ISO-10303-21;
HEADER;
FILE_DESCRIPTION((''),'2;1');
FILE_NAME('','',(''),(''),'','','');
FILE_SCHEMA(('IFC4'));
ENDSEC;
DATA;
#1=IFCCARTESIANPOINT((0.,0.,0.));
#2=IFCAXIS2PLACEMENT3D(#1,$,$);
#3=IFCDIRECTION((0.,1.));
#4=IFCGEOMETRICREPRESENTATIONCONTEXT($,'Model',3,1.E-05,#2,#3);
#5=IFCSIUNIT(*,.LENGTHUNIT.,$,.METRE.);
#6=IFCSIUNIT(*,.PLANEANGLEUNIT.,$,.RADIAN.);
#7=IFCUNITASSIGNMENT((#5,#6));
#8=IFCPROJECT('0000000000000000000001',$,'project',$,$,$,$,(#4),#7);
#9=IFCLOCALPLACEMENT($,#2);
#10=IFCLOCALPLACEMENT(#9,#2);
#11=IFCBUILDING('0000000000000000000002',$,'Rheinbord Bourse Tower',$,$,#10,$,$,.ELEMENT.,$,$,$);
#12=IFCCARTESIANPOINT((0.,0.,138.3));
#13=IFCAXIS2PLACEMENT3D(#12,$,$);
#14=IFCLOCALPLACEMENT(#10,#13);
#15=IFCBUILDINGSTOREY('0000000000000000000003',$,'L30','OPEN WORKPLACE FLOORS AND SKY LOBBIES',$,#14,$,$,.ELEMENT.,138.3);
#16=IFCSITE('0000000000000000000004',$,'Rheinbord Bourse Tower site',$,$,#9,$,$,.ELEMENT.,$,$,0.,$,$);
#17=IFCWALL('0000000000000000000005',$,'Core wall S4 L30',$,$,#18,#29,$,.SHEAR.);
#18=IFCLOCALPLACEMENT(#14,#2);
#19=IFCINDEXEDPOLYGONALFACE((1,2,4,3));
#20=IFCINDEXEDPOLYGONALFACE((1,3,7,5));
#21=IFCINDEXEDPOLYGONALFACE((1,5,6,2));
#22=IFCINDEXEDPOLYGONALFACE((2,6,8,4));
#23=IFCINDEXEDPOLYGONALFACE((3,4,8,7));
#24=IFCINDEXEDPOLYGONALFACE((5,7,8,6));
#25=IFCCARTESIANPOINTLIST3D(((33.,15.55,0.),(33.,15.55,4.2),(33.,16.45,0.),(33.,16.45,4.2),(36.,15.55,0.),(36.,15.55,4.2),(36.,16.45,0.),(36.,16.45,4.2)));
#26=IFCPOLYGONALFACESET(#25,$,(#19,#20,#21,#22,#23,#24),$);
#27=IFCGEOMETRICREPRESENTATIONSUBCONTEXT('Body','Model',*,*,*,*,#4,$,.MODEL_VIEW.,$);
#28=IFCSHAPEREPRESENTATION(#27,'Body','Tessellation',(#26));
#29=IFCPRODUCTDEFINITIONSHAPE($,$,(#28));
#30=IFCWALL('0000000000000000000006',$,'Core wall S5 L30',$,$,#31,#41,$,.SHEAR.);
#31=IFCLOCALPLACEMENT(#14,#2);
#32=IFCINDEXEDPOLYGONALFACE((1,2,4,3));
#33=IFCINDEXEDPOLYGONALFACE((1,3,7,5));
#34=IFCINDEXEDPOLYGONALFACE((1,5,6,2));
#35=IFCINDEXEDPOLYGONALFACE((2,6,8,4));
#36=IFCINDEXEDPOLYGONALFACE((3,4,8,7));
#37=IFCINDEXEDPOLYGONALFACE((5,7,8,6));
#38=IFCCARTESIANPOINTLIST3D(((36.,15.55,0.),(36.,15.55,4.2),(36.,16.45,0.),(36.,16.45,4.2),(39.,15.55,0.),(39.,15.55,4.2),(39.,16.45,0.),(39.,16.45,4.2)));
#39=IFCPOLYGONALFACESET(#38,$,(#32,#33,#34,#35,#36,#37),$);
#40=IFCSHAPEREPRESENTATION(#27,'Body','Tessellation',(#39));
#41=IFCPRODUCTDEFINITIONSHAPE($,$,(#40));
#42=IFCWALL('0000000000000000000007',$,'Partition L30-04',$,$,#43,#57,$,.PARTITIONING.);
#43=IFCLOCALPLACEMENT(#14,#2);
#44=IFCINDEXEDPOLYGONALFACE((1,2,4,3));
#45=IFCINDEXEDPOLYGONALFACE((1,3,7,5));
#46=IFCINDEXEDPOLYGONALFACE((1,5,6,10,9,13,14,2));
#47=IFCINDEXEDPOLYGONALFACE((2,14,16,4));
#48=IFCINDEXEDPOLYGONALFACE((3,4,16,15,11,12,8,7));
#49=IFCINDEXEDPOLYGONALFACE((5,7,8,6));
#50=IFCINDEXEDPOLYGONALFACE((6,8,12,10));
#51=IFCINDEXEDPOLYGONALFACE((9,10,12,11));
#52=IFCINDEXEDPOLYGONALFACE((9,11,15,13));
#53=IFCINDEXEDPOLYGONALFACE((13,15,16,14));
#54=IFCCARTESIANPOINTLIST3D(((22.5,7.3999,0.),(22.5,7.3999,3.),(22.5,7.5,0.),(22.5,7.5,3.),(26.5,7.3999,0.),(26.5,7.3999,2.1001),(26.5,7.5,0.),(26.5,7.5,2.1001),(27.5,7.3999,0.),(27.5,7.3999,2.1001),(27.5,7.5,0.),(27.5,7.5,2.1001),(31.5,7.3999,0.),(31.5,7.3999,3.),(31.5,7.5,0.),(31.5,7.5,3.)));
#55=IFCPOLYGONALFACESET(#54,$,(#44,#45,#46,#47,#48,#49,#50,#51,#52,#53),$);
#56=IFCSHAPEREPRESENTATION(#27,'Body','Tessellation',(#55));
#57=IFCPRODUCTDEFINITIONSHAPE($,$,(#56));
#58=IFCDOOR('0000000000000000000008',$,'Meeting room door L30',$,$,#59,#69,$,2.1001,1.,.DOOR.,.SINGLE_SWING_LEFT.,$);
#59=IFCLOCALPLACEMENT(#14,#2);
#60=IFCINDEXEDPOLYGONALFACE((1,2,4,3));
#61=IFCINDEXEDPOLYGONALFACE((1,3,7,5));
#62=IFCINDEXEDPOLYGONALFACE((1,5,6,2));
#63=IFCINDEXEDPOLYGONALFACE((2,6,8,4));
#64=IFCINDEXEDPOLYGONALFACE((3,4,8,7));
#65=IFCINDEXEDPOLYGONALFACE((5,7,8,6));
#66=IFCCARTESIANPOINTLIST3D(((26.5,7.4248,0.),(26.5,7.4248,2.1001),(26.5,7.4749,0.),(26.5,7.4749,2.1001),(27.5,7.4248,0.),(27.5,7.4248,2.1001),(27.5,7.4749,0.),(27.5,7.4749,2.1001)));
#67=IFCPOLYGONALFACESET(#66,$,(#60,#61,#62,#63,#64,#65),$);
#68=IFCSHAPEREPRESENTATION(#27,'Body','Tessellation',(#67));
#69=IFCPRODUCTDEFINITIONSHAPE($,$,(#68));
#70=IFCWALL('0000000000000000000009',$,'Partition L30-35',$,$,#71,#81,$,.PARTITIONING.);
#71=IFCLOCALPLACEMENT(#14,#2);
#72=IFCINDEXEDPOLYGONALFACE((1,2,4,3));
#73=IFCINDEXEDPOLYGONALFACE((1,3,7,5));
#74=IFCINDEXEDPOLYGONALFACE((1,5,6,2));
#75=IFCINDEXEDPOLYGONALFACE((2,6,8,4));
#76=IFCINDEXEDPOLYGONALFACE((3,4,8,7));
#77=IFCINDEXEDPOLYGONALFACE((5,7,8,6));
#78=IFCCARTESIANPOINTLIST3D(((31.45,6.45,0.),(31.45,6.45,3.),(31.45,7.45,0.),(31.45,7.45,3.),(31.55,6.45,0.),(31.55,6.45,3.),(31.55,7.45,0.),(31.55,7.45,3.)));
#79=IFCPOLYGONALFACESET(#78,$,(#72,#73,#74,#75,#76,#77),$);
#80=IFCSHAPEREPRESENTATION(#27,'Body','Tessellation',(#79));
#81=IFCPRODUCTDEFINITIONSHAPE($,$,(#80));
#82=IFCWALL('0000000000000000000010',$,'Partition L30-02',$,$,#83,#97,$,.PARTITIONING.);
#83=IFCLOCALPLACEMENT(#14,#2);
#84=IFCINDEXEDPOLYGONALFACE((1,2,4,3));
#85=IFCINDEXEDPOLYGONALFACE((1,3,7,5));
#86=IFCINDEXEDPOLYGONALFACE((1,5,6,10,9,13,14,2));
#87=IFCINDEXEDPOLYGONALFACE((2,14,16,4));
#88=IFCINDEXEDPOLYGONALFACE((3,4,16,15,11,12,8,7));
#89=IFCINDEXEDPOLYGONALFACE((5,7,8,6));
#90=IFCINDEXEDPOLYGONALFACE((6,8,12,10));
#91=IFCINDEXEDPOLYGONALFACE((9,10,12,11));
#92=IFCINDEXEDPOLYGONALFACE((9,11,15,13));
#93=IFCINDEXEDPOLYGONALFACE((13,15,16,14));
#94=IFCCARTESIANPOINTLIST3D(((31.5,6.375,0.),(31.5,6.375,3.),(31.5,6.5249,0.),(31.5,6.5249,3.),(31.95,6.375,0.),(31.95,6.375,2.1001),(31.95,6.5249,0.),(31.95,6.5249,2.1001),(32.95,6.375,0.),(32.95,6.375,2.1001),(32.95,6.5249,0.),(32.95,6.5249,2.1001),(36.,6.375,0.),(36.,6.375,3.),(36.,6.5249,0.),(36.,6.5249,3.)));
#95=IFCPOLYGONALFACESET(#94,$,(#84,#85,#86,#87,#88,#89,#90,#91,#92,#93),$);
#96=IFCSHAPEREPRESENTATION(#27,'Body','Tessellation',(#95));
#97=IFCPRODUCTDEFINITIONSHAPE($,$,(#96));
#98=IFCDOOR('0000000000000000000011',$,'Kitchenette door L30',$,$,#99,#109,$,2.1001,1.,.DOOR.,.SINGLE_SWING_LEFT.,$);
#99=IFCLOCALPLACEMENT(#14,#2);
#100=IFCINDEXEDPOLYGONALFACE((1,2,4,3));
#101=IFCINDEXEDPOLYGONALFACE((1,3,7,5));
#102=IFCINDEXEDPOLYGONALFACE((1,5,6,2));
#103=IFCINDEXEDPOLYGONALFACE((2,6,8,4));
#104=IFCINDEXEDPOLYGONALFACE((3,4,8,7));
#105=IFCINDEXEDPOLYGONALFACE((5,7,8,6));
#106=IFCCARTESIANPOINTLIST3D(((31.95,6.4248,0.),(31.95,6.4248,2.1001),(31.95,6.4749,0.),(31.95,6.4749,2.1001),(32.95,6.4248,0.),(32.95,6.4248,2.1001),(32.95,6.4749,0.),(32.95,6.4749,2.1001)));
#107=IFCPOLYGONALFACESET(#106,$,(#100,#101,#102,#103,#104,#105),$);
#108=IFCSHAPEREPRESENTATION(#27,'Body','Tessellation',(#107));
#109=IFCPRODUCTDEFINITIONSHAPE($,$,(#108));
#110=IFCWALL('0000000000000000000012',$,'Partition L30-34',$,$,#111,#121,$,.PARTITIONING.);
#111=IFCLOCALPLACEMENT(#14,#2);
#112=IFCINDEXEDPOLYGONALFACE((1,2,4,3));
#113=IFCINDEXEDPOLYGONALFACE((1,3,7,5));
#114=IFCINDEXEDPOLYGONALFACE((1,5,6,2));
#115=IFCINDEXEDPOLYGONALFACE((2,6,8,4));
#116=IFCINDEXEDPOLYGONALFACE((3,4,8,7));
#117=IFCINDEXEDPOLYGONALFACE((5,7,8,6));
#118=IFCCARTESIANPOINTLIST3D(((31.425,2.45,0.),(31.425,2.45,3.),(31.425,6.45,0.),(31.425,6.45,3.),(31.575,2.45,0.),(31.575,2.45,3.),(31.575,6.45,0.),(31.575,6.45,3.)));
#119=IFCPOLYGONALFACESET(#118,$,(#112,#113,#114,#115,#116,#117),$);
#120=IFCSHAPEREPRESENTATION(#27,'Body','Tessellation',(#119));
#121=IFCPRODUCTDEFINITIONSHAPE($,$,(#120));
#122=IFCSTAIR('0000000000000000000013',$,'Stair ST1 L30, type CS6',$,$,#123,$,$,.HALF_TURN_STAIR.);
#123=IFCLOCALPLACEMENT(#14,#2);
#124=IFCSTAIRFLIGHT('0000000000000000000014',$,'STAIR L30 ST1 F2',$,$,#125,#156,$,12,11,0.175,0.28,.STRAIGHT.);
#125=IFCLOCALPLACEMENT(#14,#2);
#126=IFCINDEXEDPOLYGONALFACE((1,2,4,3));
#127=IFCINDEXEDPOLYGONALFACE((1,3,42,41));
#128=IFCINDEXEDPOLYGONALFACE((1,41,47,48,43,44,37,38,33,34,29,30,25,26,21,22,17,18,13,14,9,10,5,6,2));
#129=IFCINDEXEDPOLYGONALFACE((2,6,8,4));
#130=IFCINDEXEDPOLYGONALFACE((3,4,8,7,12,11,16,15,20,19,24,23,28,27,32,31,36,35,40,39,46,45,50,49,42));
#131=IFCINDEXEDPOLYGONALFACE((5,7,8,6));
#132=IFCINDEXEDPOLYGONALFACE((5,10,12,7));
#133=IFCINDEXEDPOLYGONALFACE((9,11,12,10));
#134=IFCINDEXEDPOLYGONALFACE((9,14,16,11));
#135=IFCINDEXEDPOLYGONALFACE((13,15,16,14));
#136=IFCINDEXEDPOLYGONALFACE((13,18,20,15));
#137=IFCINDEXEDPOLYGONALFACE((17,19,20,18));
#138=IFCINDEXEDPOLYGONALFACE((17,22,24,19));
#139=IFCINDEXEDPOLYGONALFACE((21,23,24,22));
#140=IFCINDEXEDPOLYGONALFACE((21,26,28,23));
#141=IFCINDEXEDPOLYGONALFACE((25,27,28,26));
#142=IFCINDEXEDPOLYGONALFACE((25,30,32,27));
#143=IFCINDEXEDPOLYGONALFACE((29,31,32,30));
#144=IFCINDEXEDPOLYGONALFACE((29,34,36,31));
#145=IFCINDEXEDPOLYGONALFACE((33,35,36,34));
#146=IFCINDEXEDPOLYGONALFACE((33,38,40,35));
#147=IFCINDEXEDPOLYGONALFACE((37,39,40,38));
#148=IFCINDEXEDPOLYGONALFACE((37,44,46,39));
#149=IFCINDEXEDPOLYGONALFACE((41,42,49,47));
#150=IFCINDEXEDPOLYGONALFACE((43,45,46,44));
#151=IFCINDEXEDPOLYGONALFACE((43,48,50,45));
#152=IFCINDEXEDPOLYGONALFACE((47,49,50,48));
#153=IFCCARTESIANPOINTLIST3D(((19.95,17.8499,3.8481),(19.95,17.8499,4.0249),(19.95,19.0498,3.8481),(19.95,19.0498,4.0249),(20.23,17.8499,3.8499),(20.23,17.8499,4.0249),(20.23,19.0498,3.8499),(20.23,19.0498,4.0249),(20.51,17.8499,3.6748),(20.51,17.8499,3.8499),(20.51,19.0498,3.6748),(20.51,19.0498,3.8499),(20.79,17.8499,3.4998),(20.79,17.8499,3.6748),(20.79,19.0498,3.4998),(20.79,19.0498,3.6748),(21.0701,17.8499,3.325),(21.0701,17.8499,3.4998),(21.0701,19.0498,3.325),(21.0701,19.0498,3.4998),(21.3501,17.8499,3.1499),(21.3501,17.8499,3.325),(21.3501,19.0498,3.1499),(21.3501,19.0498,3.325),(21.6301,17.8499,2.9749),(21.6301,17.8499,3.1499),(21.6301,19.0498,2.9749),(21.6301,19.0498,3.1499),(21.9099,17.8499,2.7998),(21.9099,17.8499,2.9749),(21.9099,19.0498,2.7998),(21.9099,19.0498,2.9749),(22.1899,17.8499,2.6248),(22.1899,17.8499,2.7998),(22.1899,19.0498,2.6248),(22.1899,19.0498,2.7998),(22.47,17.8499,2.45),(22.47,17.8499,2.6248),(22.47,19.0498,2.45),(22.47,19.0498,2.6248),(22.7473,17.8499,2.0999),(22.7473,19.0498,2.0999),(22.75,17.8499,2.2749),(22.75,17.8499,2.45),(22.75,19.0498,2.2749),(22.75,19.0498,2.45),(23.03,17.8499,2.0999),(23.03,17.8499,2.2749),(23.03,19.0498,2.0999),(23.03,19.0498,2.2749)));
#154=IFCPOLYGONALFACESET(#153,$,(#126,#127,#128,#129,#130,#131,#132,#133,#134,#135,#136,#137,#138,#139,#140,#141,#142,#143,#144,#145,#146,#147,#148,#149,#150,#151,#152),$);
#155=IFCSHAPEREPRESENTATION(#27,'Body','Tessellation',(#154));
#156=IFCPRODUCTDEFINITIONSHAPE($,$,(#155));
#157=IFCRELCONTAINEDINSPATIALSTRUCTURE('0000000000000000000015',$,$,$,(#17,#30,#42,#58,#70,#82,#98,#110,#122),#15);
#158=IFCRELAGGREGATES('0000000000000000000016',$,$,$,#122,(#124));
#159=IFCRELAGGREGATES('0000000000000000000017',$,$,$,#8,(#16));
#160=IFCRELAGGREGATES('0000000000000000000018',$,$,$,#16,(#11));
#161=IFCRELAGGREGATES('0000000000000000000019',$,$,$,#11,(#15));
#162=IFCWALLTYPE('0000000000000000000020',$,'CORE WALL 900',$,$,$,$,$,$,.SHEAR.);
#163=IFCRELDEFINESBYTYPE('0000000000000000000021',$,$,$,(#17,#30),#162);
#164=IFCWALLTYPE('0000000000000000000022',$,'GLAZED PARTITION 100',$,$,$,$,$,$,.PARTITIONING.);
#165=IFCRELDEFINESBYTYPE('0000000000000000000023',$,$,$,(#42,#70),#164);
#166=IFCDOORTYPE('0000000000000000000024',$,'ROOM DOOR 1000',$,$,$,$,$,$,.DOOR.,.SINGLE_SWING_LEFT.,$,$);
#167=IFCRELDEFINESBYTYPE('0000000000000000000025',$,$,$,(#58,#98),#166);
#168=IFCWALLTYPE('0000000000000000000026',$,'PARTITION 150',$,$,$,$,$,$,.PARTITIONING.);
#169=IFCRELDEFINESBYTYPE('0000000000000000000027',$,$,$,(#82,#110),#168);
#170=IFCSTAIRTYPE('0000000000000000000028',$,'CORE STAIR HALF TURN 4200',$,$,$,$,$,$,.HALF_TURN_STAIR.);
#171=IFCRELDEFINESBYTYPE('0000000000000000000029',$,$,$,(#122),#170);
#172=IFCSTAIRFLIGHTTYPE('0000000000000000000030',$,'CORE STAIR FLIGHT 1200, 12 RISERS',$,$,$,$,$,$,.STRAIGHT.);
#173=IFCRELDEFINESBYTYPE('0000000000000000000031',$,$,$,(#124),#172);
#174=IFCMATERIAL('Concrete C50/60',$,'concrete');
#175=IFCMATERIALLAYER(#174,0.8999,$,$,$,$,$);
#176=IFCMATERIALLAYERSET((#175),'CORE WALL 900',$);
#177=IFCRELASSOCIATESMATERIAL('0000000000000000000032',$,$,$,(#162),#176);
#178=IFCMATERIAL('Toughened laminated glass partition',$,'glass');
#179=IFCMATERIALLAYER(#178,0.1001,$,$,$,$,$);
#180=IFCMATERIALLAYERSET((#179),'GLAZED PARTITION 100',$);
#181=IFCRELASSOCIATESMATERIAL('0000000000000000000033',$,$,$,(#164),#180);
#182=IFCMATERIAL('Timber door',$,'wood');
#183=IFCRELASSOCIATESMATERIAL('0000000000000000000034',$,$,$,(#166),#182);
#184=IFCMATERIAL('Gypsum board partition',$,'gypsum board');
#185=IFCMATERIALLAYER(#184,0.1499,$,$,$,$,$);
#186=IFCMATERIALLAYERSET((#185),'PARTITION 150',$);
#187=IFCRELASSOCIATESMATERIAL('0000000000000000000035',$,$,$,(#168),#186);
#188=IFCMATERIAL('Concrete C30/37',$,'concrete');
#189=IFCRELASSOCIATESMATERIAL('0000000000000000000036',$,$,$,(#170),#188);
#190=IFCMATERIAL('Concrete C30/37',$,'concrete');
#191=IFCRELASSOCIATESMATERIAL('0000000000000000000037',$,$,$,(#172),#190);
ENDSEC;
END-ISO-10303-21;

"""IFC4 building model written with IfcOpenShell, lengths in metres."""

from ifc_helpers import new_model, si_unit, direction, frame, frame_2d, origin, place, context, subcontext, project, spatial, polyline, rectangle, outline, extrude, material, layer, layer_set, type_object, element, fill, aggregate, save


model = new_model("IFC4")

# Units and contexts
model_context = context("Model", 3, precision=1e-05, world=origin(), true_north=direction((0.0, 1.0)))
body_context = subcontext(model_context, "Body", "Model", "MODEL_VIEW")
ifc_project = project(units=[si_unit("LENGTHUNIT", "METRE"), si_unit("PLANEANGLEUNIT", "RADIAN")], contexts=[model_context])

# Site, building, storey
site_placement = place(None, origin())
site = spatial("IfcSite", under=ifc_project, at=site_placement, Name="Rheinbord Bourse Tower site", CompositionType="ELEMENT", RefElevation=0.0)
building_placement = place(site_placement, origin())
building = spatial("IfcBuilding", under=site, at=building_placement, Name="Rheinbord Bourse Tower", CompositionType="ELEMENT")
storey_placement = place(building_placement, frame((0.0, 0.0, 138.3)))
storey = spatial("IfcBuildingStorey", under=building, at=storey_placement, Name="L30", Description="OPEN WORKPLACE FLOORS AND SKY LOBBIES", CompositionType="ELEMENT", Elevation=138.3)

# Walls
ifc_material_1 = material(Name="Concrete C50/60", Category="concrete")
ifc_layer_1 = layer(ifc_material_1, 0.8999)
ifc_layer_set_1 = layer_set([ifc_layer_1], Name="CORE WALL 900")
wall_type_1 = type_object("IfcWallType", Name="CORE WALL 900", PredefinedType="SHEAR", material=ifc_layer_set_1)
for number, where, z_axis, x_axis, name in (
    (1, (33.0, 16.0, 0.0), (0.0, 0.0, 1.0), (1.0, 0.0, 0.0), "Core wall S4 L30"),
    (2, (36.0, 16.0, 0.0), (0.0, 0.0, 1.0), (1.0, 0.0, 0.0), "Core wall S5 L30"),
):
    element("IfcWall", number, at=place(storey_placement, frame(where, z_axis=z_axis, x_axis=x_axis)), inside=storey, type_object=wall_type_1, Name=name, PredefinedType="SHEAR", context=body_context, shape_type="SweptSolid", body=[
        extrude(rectangle(XDim=3.0, YDim=0.8999, at=frame_2d((1.5, 0.0))), origin(), (0.0, 0.0, 1.0), 4.2),
    ])

# Wall, opening, door
ifc_material_2 = material(Name="Toughened laminated glass partition", Category="glass")
ifc_layer_2 = layer(ifc_material_2, 0.1001)
ifc_layer_set_2 = layer_set([ifc_layer_2], Name="GLAZED PARTITION 100")
wall_type_2 = type_object("IfcWallType", Name="GLAZED PARTITION 100", PredefinedType="PARTITIONING", material=ifc_layer_set_2)
wall_1_placement = place(storey_placement, frame((22.5, 7.45, 0.0), z_axis=(0.0, 0.0, 1.0), x_axis=(1.0, 0.0, 0.0)))
wall_1 = element("IfcWall", 3, at=wall_1_placement, inside=storey, type_object=wall_type_2, Name="Partition L30-04", PredefinedType="PARTITIONING", context=body_context, shape_type="SweptSolid", body=[
    extrude(rectangle(XDim=9.0, YDim=0.1001, at=frame_2d((4.5, 0.0))), origin(), (0.0, 0.0, 1.0), 3.0),
])
opening_1_placement = place(wall_1_placement, frame((4.0, 0.0, 0.0)))
opening_1 = element("IfcOpeningElement", 4, at=opening_1_placement, cuts=wall_1, PredefinedType="OPENING", context=body_context, shape_type="SweptSolid", body=[
    extrude(rectangle(XDim=1.0, YDim=2.1001, at=frame_2d((0.5, 1.05))), frame((0.0, 0.0601, 0.0), z_axis=(0.0, -1.0, 0.0), x_axis=(1.0, 0.0, 0.0)), (0.0, 0.0, 1.0), 0.1201),
])
ifc_material_3 = material(Name="Timber door", Category="wood")
door_type_1 = type_object("IfcDoorType", Name="ROOM DOOR 1000", OperationType="SINGLE_SWING_LEFT", PredefinedType="DOOR", material=ifc_material_3)
door_1_placement = place(opening_1_placement, origin())
door_1 = element("IfcDoor", 5, at=door_1_placement, inside=storey, type_object=door_type_1, Name="Meeting room door L30", OperationType="SINGLE_SWING_LEFT", OverallHeight=2.1001, OverallWidth=1.0, PredefinedType="DOOR", context=body_context, shape_type="SweptSolid", body=[
    extrude(rectangle(XDim=1.0, YDim=2.1001, at=frame_2d((0.5, 1.05))), frame((0.0, 0.0249, 0.0), z_axis=(0.0, -1.0, 0.0), x_axis=(1.0, 0.0, 0.0)), (0.0, 0.0, 1.0), 0.05),
])
fill(opening_1, door_1)

# Wall
wall_2_placement = place(storey_placement, frame((31.5, 6.45, 0.0), z_axis=(0.0, 0.0, 1.0), x_axis=(0.0, 1.0, 0.0)))
element("IfcWall", 6, at=wall_2_placement, inside=storey, type_object=wall_type_2, Name="Partition L30-35", PredefinedType="PARTITIONING", context=body_context, shape_type="SweptSolid", body=[
    extrude(rectangle(XDim=1.0, YDim=0.1001, at=frame_2d((0.5, 0.0))), origin(), (0.0, 0.0, 1.0), 3.0),
])

# Wall, opening, door
ifc_material_4 = material(Name="Gypsum board partition", Category="gypsum board")
ifc_layer_3 = layer(ifc_material_4, 0.1499)
ifc_layer_set_3 = layer_set([ifc_layer_3], Name="PARTITION 150")
wall_type_3 = type_object("IfcWallType", Name="PARTITION 150", PredefinedType="PARTITIONING", material=ifc_layer_set_3)
wall_3_placement = place(storey_placement, frame((31.5, 6.45, 0.0), z_axis=(0.0, 0.0, 1.0), x_axis=(1.0, 0.0, 0.0)))
wall_3 = element("IfcWall", 7, at=wall_3_placement, inside=storey, type_object=wall_type_3, Name="Partition L30-02", PredefinedType="PARTITIONING", context=body_context, shape_type="SweptSolid", body=[
    extrude(rectangle(XDim=4.5, YDim=0.1499, at=frame_2d((2.25, 0.0))), origin(), (0.0, 0.0, 1.0), 3.0),
])
opening_2_placement = place(wall_3_placement, frame((0.45, 0.0, 0.0)))
opening_2 = element("IfcOpeningElement", 8, at=opening_2_placement, cuts=wall_3, PredefinedType="OPENING", context=body_context, shape_type="SweptSolid", body=[
    extrude(rectangle(XDim=1.0, YDim=2.1001, at=frame_2d((0.5, 1.05))), frame((0.0, 0.085, 0.0), z_axis=(0.0, -1.0, 0.0), x_axis=(1.0, 0.0, 0.0)), (0.0, 0.0, 1.0), 0.1699),
])
door_2_placement = place(opening_2_placement, origin())
door_2 = element("IfcDoor", 9, at=door_2_placement, inside=storey, type_object=door_type_1, Name="Kitchenette door L30", OperationType="SINGLE_SWING_LEFT", OverallHeight=2.1001, OverallWidth=1.0, PredefinedType="DOOR", context=body_context, shape_type="SweptSolid", body=[
    extrude(rectangle(XDim=1.0, YDim=2.1001, at=frame_2d((0.5, 1.05))), frame((0.0, 0.0249, 0.0), z_axis=(0.0, -1.0, 0.0), x_axis=(1.0, 0.0, 0.0)), (0.0, 0.0, 1.0), 0.05),
])
fill(opening_2, door_2)

# Wall
wall_4_placement = place(storey_placement, frame((31.5, 2.45, 0.0), z_axis=(0.0, 0.0, 1.0), x_axis=(0.0, 1.0, 0.0)))
element("IfcWall", 10, at=wall_4_placement, inside=storey, type_object=wall_type_3, Name="Partition L30-34", PredefinedType="PARTITIONING", context=body_context, shape_type="SweptSolid", body=[
    extrude(rectangle(XDim=4.0, YDim=0.1499, at=frame_2d((2.0, 0.0))), origin(), (0.0, 0.0, 1.0), 3.0),
])

# Stair, stair flight
ifc_material_5 = material(Name="Concrete C30/37", Category="concrete")
stair_type = type_object("IfcStairType", Name="CORE STAIR HALF TURN 4200", PredefinedType="HALF_TURN_STAIR", material=ifc_material_5)
stair_placement = place(storey_placement, origin())
stair = element("IfcStair", 11, at=stair_placement, inside=storey, type_object=stair_type, Name="Stair ST1 L30, type CS6", PredefinedType="HALF_TURN_STAIR")
ifc_material_6 = material(Name="Concrete C30/37", Category="concrete")
stair_flight_type = type_object("IfcStairFlightType", Name="CORE STAIR FLIGHT 1200, 12 RISERS", PredefinedType="STRAIGHT", material=ifc_material_6)
stair_flight_placement = place(storey_placement, frame((23.03, 18.45, 2.0999), z_axis=(0.0, 0.0, 1.0), x_axis=(-1.0, 0.0, 0.0)))
stair_flight = element("IfcStairFlight", 12, at=stair_flight_placement, type_object=stair_flight_type, Name="STAIR L30 ST1 F2", NumberOfRisers=12, NumberOfTreads=11, PredefinedType="STRAIGHT", RiserHeight=0.175, TreadLength=0.28, context=body_context, shape_type="SweptSolid", body=[
    extrude(outline(polyline([(0.0, 0.0), (0.0, 0.175), (0.28, 0.175), (0.28, 0.3501), (0.5601, 0.3501), (0.5601, 0.5249), (0.8401, 0.5249), (0.8401, 0.7), (1.1201, 0.7), (1.1201, 0.875), (1.3999, 0.875), (1.3999, 1.05), (1.6799, 1.05), (1.6799, 1.2251), (1.96, 1.2251), (1.96, 1.3999), (2.24, 1.3999), (2.24, 1.575), (2.52, 1.575), (2.52, 1.75), (2.8, 1.75), (2.8, 1.925), (3.0801, 1.925), (3.0801, 2.1001), (3.0801, 1.7483), (0.2827, 0.0), (0.0, 0.0)])), frame((0.0, 0.6001, 0.0), z_axis=(0.0, -1.0, 0.0), x_axis=(1.0, 0.0, 0.0)), (0.0, 0.0, 1.0), 1.2),
])
aggregate(stair, [stair_flight])

save(model, "model.ifc")
